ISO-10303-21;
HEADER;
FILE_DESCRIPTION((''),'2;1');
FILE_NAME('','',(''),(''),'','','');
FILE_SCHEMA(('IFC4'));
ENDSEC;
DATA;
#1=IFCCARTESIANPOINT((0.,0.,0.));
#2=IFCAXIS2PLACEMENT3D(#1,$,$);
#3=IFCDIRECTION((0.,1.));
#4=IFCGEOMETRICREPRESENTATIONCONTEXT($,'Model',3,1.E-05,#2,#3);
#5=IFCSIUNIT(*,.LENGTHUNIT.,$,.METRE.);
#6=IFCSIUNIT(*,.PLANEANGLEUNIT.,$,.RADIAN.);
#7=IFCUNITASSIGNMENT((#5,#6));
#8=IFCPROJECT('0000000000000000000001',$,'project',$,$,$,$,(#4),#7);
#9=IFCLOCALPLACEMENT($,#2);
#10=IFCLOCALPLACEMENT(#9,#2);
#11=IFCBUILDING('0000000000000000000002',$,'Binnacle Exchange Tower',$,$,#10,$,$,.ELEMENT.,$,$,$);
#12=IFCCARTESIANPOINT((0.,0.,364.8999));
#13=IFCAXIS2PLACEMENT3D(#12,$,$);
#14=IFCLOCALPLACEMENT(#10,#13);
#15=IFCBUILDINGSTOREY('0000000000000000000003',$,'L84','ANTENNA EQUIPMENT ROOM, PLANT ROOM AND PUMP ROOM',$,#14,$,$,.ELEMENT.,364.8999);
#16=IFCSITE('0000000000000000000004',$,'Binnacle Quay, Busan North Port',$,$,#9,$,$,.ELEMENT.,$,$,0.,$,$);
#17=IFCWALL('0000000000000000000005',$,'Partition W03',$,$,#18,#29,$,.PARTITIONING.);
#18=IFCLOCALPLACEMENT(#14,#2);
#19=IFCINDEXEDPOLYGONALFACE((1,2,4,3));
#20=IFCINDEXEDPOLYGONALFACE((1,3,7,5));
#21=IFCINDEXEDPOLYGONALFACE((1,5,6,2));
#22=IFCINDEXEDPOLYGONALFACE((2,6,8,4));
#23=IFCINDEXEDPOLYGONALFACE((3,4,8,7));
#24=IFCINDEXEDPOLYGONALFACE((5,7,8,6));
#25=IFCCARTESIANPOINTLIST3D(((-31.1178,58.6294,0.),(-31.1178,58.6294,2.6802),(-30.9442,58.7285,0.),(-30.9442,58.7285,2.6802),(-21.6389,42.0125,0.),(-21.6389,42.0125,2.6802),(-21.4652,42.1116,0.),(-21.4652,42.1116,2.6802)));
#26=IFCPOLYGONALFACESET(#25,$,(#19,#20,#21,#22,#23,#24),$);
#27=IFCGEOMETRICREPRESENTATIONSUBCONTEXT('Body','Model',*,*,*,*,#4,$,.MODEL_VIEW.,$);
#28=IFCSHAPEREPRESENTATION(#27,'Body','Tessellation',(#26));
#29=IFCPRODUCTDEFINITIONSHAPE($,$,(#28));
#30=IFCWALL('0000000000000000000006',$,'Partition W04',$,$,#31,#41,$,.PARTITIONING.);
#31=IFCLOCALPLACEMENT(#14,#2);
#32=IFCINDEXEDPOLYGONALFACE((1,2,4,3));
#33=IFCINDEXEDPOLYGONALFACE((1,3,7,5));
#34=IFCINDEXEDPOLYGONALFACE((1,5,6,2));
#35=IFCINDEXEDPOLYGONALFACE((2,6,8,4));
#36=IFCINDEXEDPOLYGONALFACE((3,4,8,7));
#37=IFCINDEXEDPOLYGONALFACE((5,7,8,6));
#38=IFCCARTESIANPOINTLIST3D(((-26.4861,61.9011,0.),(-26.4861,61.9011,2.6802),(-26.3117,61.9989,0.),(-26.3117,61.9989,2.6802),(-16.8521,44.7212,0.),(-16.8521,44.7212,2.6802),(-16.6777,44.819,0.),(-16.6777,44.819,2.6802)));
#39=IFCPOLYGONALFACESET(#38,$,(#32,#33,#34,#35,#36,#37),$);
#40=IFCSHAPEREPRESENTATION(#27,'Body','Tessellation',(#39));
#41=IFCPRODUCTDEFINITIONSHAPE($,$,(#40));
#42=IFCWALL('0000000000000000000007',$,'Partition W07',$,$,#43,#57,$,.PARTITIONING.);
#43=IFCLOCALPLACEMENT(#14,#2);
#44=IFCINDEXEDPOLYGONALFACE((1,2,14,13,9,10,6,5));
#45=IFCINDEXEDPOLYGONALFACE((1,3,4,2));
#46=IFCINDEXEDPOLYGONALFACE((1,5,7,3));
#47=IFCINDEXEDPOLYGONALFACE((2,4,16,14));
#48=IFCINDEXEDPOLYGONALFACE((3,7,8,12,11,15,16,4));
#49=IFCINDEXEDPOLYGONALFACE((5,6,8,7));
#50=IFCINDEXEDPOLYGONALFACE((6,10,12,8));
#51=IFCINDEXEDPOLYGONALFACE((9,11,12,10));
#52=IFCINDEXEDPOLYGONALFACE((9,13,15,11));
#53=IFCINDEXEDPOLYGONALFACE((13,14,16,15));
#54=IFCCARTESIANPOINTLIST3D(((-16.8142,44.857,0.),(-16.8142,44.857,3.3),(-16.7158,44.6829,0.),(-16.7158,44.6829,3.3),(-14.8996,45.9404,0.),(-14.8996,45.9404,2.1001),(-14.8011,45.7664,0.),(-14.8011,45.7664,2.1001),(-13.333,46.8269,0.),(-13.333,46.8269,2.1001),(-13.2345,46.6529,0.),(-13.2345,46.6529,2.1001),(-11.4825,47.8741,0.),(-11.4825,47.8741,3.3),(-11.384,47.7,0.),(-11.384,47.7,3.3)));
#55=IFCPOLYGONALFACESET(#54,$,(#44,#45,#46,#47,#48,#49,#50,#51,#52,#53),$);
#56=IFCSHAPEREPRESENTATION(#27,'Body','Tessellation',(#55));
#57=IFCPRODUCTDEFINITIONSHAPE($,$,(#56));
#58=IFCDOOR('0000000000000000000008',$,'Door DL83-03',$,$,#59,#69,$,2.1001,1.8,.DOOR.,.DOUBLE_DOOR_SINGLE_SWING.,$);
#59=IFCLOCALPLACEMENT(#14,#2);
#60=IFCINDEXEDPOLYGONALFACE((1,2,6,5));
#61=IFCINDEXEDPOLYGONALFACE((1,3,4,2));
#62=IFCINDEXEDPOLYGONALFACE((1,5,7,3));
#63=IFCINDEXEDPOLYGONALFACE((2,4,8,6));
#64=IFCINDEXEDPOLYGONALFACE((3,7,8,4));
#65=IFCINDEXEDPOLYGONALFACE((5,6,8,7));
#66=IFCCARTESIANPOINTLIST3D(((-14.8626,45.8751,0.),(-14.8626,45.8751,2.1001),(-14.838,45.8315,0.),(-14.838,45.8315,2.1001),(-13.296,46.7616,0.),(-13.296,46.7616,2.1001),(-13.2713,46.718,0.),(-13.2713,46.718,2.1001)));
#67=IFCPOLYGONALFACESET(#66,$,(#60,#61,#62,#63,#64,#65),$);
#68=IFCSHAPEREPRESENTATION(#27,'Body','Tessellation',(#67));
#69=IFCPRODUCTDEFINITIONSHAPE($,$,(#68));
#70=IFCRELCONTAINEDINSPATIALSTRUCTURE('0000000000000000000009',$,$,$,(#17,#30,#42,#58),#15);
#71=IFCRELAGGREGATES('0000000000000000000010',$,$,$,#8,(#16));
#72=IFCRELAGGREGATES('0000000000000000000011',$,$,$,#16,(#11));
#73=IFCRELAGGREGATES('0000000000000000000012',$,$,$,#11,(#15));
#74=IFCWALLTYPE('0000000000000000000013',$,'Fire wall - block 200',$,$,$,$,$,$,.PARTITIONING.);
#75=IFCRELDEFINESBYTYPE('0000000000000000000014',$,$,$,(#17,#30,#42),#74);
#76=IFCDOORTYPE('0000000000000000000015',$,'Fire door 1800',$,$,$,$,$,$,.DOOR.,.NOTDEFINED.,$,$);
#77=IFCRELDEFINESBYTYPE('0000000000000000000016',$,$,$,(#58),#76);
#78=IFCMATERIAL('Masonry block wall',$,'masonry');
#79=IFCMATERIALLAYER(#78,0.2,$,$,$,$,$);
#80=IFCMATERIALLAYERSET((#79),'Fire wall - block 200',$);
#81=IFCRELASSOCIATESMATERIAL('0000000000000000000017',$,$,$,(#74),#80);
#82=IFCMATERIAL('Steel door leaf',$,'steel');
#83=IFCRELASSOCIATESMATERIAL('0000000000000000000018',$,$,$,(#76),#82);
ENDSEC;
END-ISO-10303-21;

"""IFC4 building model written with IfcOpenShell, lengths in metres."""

from ifc_helpers import new_model, si_unit, direction, frame, frame_2d, origin, place, context, subcontext, project, spatial, rectangle, extrude, material, layer, layer_set, type_object, element, fill, save


model = new_model("IFC4")

# Units and contexts
model_context = context("Model", 3, precision=1e-05, world=origin(), true_north=direction((0.0, 1.0)))
body_context = subcontext(model_context, "Body", "Model", "MODEL_VIEW")
ifc_project = project(units=[si_unit("LENGTHUNIT", "METRE"), si_unit("PLANEANGLEUNIT", "RADIAN")], contexts=[model_context])

# Site, building, storey
site_placement = place(None, origin())
site = spatial("IfcSite", under=ifc_project, at=site_placement, Name="Binnacle Quay, Busan North Port", CompositionType="ELEMENT", RefElevation=0.0)
building_placement = place(site_placement, origin())
building = spatial("IfcBuilding", under=site, at=building_placement, Name="Binnacle Exchange Tower", CompositionType="ELEMENT")
storey_placement = place(building_placement, frame((0.0, 0.0, 364.8999)))
storey = spatial("IfcBuildingStorey", under=building, at=storey_placement, Name="L84", Description="ANTENNA EQUIPMENT ROOM, PLANT ROOM AND PUMP ROOM", CompositionType="ELEMENT", Elevation=364.8999)

# Walls
ifc_material_1 = material(Name="Masonry block wall", Category="masonry")
ifc_layer_1 = layer(ifc_material_1, 0.2)
ifc_layer_set_1 = layer_set([ifc_layer_1], Name="Fire wall - block 200")
wall_type_1 = type_object("IfcWallType", Name="Fire wall - block 200", PredefinedType="PARTITIONING", material=ifc_layer_set_1)
wall_1_placement = place(storey_placement, frame((-31.031, 58.679, 0.0), z_axis=(0.0, 0.0, 1.0), x_axis=(0.495493, -0.868612, 0.0)))
element("IfcWall", 1, at=wall_1_placement, inside=storey, type_object=wall_type_1, Name="Partition W03", PredefinedType="PARTITIONING", context=body_context, shape_type="SweptSolid", body=[
    extrude(rectangle(XDim=19.1304, YDim=0.2, at=frame_2d((9.5652, 0.0))), origin(), (0.0, 0.0, 1.0), 2.6802),
])
wall_2_placement = place(storey_placement, frame((-26.3989, 61.95, 0.0), z_axis=(0.0, 0.0, 1.0), x_axis=(0.489116, -0.872219, 0.0)))
element("IfcWall", 2, at=wall_2_placement, inside=storey, type_object=wall_type_1, Name="Partition W04", PredefinedType="PARTITIONING", context=body_context, shape_type="SweptSolid", body=[
    extrude(rectangle(XDim=19.6968, YDim=0.2, at=frame_2d((9.8484, 0.0))), origin(), (0.0, 0.0, 1.0), 2.6802),
])

# Wall, opening, door
wall_3_placement = place(storey_placement, frame((-16.7649, 44.77, 0.0), z_axis=(0.0, 0.0, 1.0), x_axis=(0.87032, 0.492487, 0.0)))
wall_3 = element("IfcWall", 3, at=wall_3_placement, inside=storey, type_object=wall_type_1, Name="Partition W07", PredefinedType="PARTITIONING", context=body_context, shape_type="SweptSolid", body=[
    extrude(rectangle(XDim=6.1262, YDim=0.2, at=frame_2d((3.063, 0.0))), origin(), (0.0, 0.0, 1.0), 3.3),
])
opening_placement = place(wall_3_placement, frame((2.2, 0.0, 0.0)))
opening = element("IfcOpeningElement", 4, at=opening_placement, cuts=wall_3, PredefinedType="OPENING", context=body_context, shape_type="SweptSolid", body=[
    extrude(rectangle(XDim=1.8, YDim=2.1001, at=frame_2d((0.8999, 1.05))), frame((0.0, 0.1099, 0.0), z_axis=(0.0, -1.0, 0.0), x_axis=(1.0, 0.0, 0.0)), (0.0, 0.0, 1.0), 0.22),
])
ifc_material_2 = material(Name="Steel door leaf", Category="steel")
door_type = type_object("IfcDoorType", Name="Fire door 1800", OperationType="NOTDEFINED", PredefinedType="DOOR", material=ifc_material_2)
door_placement = place(opening_placement, origin())
door = element("IfcDoor", 5, at=door_placement, inside=storey, type_object=door_type, Name="Door DL83-03", OperationType="DOUBLE_DOOR_SINGLE_SWING", OverallHeight=2.1001, OverallWidth=1.8, PredefinedType="DOOR", context=body_context, shape_type="SweptSolid", body=[
    extrude(rectangle(XDim=1.8, YDim=2.1001, at=frame_2d((0.8999, 1.05))), frame((0.0, 0.0249, 0.0), z_axis=(0.0, -1.0, 0.0), x_axis=(1.0, 0.0, 0.0)), (0.0, 0.0, 1.0), 0.05),
])
fill(opening, door)

save(model, "model.ifc")
